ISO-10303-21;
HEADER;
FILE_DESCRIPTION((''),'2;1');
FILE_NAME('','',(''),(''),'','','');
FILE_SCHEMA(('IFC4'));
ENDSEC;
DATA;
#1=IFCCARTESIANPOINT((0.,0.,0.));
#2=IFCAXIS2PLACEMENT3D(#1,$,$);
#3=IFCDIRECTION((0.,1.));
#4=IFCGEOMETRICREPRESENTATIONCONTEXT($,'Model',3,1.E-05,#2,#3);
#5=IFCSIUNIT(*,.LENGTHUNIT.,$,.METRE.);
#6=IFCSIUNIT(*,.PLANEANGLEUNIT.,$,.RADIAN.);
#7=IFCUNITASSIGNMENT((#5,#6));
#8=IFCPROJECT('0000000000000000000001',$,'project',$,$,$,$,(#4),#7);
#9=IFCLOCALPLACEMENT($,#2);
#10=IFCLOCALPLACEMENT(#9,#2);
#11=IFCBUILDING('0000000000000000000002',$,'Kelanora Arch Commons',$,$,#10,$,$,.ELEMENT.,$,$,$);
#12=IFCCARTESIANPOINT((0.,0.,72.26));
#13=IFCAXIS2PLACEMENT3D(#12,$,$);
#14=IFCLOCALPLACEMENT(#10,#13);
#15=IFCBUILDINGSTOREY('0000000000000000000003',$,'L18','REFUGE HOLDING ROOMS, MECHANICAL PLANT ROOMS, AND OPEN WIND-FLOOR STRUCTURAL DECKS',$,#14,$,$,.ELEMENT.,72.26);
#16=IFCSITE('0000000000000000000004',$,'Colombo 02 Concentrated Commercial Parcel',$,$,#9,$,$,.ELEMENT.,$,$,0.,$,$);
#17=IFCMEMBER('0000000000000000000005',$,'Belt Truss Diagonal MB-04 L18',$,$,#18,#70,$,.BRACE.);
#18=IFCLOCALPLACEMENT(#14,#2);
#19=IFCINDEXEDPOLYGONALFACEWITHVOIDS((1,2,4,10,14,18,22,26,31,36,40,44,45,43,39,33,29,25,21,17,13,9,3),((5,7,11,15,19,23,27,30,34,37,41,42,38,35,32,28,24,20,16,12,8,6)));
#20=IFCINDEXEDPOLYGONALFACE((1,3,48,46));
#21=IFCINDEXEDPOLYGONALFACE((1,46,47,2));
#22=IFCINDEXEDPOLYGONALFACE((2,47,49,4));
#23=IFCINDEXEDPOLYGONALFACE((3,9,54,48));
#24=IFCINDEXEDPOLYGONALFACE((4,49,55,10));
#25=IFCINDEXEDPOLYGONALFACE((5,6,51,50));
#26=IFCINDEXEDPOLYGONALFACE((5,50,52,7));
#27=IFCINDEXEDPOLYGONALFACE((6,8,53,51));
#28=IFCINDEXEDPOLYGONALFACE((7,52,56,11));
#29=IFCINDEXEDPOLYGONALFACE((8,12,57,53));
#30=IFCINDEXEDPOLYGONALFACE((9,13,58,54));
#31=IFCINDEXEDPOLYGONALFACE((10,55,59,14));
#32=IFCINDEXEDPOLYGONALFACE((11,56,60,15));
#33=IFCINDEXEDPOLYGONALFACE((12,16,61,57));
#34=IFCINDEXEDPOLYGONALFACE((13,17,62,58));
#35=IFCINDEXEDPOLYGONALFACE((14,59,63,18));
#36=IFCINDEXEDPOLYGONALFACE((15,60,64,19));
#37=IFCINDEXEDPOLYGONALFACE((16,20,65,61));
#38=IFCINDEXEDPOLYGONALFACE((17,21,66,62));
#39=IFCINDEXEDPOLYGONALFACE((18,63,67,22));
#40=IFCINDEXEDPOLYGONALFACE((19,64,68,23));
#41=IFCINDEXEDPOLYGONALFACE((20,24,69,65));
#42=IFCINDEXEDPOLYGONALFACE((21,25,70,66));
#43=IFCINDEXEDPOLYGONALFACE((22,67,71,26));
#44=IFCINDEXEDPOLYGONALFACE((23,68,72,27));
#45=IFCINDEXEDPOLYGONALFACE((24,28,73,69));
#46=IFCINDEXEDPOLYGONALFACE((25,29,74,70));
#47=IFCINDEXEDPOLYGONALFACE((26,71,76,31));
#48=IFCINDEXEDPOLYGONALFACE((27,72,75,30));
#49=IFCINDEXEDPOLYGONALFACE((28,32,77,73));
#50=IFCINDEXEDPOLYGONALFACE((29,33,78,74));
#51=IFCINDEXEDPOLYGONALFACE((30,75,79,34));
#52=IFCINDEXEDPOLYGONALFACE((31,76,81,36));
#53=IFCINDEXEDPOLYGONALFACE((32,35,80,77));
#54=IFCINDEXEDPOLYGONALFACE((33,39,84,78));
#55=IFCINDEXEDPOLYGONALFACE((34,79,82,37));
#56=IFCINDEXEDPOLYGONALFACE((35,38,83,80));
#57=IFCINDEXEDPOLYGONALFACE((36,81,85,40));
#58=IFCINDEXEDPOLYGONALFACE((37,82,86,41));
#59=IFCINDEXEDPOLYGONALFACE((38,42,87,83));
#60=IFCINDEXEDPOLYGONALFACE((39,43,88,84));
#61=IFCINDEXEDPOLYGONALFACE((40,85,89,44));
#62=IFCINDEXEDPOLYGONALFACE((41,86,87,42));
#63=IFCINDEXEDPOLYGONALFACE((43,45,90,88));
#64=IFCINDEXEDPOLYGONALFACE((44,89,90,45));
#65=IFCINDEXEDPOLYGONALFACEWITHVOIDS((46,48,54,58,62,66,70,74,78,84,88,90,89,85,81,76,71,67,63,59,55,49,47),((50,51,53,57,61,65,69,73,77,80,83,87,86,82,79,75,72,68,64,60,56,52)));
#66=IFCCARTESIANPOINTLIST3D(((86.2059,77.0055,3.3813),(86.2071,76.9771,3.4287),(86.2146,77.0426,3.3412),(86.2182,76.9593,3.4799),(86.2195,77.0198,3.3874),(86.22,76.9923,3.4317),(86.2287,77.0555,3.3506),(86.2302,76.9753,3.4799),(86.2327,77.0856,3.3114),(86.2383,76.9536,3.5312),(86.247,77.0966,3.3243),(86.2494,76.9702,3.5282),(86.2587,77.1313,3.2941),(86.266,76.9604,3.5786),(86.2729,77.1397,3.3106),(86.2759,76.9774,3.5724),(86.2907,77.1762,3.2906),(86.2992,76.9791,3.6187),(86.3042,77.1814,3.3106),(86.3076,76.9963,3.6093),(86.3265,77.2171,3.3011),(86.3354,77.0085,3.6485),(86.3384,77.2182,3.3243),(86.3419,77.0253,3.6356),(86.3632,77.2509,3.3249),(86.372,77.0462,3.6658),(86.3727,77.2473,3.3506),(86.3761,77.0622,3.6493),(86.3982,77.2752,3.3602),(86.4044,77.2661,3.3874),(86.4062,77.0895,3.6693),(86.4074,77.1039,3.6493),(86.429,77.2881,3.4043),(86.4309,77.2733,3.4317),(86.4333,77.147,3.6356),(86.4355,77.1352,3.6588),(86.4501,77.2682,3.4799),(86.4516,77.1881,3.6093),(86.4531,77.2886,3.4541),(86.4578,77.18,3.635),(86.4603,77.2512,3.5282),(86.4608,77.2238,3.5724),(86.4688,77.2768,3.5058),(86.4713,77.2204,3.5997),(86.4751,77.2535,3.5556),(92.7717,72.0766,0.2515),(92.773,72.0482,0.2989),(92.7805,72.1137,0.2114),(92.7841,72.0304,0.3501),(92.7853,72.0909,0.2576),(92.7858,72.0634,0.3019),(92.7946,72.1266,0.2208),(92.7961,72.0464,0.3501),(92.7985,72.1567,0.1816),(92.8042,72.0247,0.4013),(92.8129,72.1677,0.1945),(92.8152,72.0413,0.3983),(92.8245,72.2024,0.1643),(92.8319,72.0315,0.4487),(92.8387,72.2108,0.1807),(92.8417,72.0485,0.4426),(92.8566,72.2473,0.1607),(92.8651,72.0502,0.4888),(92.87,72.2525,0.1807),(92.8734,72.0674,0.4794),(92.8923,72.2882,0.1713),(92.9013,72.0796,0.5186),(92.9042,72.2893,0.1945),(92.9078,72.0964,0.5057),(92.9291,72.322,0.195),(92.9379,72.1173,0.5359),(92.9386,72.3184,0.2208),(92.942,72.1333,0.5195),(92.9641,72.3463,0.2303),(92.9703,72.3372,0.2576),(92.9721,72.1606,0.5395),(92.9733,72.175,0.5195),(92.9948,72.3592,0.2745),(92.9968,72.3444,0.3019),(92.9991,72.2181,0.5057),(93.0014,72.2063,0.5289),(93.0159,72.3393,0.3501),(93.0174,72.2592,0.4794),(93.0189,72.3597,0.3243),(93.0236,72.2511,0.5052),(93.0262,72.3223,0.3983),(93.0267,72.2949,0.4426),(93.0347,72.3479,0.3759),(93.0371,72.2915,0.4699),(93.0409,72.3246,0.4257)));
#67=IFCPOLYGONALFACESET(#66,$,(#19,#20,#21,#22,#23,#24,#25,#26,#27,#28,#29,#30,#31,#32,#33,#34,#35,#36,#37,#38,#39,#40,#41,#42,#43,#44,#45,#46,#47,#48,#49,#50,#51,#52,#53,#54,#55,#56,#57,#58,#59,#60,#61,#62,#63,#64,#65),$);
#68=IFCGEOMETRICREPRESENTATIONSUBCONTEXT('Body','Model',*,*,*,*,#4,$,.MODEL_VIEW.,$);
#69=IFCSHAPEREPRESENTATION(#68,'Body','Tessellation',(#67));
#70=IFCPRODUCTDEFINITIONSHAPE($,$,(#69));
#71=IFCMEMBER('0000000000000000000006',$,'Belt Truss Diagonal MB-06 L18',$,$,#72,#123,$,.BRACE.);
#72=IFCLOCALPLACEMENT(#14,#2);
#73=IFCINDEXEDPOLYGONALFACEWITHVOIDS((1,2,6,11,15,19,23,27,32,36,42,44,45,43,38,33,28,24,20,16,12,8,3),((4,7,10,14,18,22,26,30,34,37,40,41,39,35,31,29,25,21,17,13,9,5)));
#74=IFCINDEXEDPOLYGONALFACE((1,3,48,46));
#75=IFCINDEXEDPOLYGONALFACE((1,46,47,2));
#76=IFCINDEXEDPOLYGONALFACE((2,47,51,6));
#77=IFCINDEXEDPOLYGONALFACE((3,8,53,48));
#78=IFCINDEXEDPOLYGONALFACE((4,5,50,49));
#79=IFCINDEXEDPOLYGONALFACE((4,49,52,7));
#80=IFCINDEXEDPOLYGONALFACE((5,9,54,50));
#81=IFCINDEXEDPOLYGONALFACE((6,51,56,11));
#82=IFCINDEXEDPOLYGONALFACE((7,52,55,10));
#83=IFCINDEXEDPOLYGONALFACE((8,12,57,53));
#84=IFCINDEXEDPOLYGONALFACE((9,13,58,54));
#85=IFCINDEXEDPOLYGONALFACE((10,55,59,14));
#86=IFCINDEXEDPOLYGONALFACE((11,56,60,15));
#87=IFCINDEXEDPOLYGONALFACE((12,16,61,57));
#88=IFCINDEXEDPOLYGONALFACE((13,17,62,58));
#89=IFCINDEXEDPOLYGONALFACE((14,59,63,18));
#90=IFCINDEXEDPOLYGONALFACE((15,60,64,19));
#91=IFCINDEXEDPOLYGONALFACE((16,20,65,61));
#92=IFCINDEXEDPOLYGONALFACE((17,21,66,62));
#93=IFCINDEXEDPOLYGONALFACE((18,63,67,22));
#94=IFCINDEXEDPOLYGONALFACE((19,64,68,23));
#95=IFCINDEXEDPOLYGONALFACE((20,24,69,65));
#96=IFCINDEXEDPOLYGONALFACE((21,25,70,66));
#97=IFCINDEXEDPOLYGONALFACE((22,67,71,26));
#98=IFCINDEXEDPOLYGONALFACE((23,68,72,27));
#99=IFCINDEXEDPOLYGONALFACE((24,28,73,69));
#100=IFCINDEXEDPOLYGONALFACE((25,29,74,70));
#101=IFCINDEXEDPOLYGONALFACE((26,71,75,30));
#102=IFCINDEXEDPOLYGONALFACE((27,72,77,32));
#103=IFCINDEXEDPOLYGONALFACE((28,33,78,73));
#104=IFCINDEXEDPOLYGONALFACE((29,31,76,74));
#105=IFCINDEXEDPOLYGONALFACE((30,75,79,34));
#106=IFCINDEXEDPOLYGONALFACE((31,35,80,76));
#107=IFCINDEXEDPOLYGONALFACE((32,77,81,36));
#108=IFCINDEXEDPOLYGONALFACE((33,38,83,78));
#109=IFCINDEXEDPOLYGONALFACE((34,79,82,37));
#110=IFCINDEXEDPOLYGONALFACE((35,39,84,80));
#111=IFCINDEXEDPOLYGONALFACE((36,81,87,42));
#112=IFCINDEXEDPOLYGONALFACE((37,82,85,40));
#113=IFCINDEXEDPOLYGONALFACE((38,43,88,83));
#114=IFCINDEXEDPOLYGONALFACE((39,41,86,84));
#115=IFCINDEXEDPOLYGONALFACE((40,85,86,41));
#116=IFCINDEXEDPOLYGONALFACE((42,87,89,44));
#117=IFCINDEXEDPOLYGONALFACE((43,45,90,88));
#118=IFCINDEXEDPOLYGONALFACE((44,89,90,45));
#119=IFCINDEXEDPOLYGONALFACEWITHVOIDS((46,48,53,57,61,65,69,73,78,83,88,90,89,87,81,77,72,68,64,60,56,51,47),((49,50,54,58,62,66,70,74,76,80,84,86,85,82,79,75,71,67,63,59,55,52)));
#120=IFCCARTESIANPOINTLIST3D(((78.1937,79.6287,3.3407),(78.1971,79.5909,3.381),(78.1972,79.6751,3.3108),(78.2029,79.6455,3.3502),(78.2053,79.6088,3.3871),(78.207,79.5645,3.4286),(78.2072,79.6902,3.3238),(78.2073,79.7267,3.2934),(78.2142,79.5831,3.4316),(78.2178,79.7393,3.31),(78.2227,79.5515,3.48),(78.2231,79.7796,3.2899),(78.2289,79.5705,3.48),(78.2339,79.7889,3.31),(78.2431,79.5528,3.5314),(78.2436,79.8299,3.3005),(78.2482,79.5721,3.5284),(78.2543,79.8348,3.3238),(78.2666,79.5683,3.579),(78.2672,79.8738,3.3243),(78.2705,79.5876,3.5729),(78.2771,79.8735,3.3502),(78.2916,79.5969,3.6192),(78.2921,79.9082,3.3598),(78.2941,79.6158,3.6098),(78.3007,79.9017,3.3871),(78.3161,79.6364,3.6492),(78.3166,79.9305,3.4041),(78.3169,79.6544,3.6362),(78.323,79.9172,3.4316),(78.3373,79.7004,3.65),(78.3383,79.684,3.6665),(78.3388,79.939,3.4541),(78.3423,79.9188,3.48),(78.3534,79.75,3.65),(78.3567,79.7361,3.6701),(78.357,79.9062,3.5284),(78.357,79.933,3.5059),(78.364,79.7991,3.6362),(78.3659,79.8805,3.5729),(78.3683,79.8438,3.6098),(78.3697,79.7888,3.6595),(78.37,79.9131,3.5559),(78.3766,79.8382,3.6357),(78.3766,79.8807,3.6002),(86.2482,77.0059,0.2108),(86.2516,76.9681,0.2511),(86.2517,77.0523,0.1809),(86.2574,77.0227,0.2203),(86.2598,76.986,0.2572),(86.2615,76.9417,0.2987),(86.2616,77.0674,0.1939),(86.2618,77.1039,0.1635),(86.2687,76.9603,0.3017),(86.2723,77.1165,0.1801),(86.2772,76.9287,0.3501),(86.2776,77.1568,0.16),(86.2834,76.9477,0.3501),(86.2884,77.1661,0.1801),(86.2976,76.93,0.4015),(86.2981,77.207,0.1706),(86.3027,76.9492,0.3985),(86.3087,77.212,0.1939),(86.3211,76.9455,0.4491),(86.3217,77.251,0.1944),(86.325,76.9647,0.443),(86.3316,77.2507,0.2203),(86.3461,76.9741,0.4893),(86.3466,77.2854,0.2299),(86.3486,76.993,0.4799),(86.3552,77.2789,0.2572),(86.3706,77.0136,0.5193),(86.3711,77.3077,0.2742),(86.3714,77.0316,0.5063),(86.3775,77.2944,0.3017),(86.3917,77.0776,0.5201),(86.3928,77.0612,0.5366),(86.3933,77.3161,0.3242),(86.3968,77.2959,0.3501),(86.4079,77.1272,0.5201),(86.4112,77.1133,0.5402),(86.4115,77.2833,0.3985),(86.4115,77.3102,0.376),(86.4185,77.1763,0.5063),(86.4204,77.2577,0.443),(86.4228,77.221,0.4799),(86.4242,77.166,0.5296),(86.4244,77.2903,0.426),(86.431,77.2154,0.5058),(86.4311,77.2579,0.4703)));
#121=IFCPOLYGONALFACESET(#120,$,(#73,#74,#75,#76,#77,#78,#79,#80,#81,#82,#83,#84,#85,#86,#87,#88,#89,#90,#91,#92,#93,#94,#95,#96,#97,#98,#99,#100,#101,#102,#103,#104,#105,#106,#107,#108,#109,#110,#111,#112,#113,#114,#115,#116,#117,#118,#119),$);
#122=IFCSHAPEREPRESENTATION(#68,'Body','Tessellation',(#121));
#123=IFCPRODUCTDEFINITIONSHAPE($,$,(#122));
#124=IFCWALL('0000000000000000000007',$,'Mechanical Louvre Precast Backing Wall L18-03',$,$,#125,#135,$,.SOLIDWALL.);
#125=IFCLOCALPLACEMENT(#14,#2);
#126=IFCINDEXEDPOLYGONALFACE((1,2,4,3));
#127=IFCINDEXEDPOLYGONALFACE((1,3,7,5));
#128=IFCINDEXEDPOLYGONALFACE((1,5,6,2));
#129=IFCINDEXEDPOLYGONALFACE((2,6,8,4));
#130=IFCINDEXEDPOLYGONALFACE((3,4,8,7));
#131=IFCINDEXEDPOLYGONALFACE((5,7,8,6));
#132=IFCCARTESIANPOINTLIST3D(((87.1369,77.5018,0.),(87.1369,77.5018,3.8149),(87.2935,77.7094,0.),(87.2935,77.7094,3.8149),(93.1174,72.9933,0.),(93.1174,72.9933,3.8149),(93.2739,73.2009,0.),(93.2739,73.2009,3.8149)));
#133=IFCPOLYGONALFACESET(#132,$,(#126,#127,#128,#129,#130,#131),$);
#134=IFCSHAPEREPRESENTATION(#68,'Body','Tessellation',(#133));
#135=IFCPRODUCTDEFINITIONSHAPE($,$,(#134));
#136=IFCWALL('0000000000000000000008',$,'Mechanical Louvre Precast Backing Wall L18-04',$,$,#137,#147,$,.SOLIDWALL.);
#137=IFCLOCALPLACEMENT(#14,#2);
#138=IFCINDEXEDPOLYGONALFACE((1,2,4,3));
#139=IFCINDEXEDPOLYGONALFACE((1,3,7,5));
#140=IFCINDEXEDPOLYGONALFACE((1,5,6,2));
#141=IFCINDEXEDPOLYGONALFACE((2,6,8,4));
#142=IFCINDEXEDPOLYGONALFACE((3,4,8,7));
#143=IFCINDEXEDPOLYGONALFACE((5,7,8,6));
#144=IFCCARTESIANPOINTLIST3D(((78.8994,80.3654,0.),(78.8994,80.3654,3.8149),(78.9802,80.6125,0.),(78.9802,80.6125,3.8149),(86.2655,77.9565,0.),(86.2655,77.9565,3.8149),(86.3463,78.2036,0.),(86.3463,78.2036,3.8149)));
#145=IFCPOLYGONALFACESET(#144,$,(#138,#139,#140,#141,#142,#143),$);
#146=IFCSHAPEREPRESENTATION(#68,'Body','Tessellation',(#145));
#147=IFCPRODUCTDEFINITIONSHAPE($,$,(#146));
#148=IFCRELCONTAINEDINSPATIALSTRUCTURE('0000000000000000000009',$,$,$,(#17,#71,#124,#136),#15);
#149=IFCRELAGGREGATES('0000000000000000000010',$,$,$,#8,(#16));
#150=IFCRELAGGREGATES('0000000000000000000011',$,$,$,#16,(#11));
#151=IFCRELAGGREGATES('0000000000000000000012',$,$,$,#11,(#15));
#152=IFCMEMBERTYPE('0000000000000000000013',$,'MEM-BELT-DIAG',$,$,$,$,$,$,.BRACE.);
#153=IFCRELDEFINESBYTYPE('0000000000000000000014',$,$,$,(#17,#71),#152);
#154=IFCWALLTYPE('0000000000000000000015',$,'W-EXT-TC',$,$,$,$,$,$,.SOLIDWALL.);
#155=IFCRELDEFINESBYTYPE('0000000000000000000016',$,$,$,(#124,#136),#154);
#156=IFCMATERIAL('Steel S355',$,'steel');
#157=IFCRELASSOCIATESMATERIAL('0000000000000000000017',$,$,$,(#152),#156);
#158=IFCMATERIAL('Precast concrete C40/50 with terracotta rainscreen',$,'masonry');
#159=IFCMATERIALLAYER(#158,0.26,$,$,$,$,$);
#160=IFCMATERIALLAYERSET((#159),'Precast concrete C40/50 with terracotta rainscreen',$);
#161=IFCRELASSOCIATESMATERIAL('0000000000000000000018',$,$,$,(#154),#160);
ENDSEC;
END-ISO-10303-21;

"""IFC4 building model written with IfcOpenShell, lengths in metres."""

from ifc_helpers import new_model, si_unit, direction, frame, frame_2d, origin, origin_2d, place, context, subcontext, project, spatial, rectangle, hollow_circle, extrude, material, layer, layer_set, material_profile, profile_set, type_object, element, save


model = new_model("IFC4")

# Units and contexts
model_context = context("Model", 3, precision=1e-05, world=origin(), true_north=direction((0.0, 1.0)))
body_context = subcontext(model_context, "Body", "Model", "MODEL_VIEW")
ifc_project = project(units=[si_unit("LENGTHUNIT", "METRE"), si_unit("PLANEANGLEUNIT", "RADIAN")], contexts=[model_context])

# Site, building, storey
site_placement = place(None, origin())
site = spatial("IfcSite", under=ifc_project, at=site_placement, Name="Colombo 02 Concentrated Commercial Parcel", CompositionType="ELEMENT", RefElevation=0.0)
building_placement = place(site_placement, origin())
building = spatial("IfcBuilding", under=site, at=building_placement, Name="Kelanora Arch Commons", CompositionType="ELEMENT")
storey_placement = place(building_placement, frame((0.0, 0.0, 72.26)))
storey = spatial("IfcBuildingStorey", under=building, at=storey_placement, Name="L18", Description="REFUGE HOLDING ROOMS, MECHANICAL PLANT ROOMS, AND OPEN WIND-FLOOR STRUCTURAL DECKS", CompositionType="ELEMENT", Elevation=72.26)

# Shared definitions
ifc_material_1 = material(Name="Steel S355", Category="steel")

# Members
ifc_material_profile_1 = material_profile(ifc_material_1, hollow_circle(Radius=0.2031, WallThickness=0.02, at=origin_2d()), Name="CHS406.4x20")
ifc_profile_set_1 = profile_set([ifc_material_profile_1], Name="Steel S355")
member_type = type_object("IfcMemberType", Name="MEM-BELT-DIAG", PredefinedType="BRACE", material=ifc_profile_set_1)
member_1_placement = place(storey_placement, frame((92.906, 72.1929, 0.3501), z_axis=(-0.747276, 0.560971, 0.356216), x_axis=(-0.600352, -0.799736, 0.0)))
element("IfcMember", 1, at=member_1_placement, inside=storey, type_object=member_type, Name="Belt Truss Diagonal MB-04 L18", PredefinedType="BRACE", context=body_context, shape_type="SweptSolid", body=[
    extrude(hollow_circle(Radius=0.2031, WallThickness=0.02, at=origin_2d()), origin(), (0.0, 0.0, 1.0), 8.7864),
])
member_2_placement = place(storey_placement, frame((86.3401, 77.1218, 0.3501), z_axis=(-0.891919, 0.290439, 0.346592), x_axis=(-0.309631, -0.950857, 0.0)))
element("IfcMember", 2, at=member_2_placement, inside=storey, type_object=member_type, Name="Belt Truss Diagonal MB-06 L18", PredefinedType="BRACE", context=body_context, shape_type="SweptSolid", body=[
    extrude(hollow_circle(Radius=0.2031, WallThickness=0.02, at=origin_2d()), origin(), (0.0, 0.0, 1.0), 9.0305),
])

# Walls
ifc_material_2 = material(Name="Precast concrete C40/50 with terracotta rainscreen", Category="masonry")
ifc_layer_1 = layer(ifc_material_2, 0.26)
ifc_layer_set_1 = layer_set([ifc_layer_1], Name="Precast concrete C40/50 with terracotta rainscreen")
wall_type = type_object("IfcWallType", Name="W-EXT-TC", PredefinedType="SOLIDWALL", material=ifc_layer_set_1)
wall_1_placement = place(storey_placement, frame((93.1956, 73.0972, 0.0), z_axis=(0.0, 0.0, 1.0), x_axis=(-0.798511, 0.60198, 0.0)))
element("IfcWall", 3, at=wall_1_placement, inside=storey, type_object=wall_type, Name="Mechanical Louvre Precast Backing Wall L18-03", PredefinedType="SOLIDWALL", context=body_context, shape_type="SweptSolid", body=[
    extrude(rectangle(XDim=7.4895, YDim=0.26, at=frame_2d((3.7446, 0.0))), origin(), (0.0, 0.0, 1.0), 3.8149),
])
wall_2_placement = place(storey_placement, frame((86.3059, 78.0801, 0.0), z_axis=(0.0, 0.0, 1.0), x_axis=(-0.950467, 0.310826, 0.0)))
element("IfcWall", 4, at=wall_2_placement, inside=storey, type_object=wall_type, Name="Mechanical Louvre Precast Backing Wall L18-04", PredefinedType="SOLIDWALL", context=body_context, shape_type="SweptSolid", body=[
    extrude(rectangle(XDim=7.75, YDim=0.26, at=frame_2d((3.875, 0.0))), origin(), (0.0, 0.0, 1.0), 3.8149),
])

save(model, "model.ifc")
